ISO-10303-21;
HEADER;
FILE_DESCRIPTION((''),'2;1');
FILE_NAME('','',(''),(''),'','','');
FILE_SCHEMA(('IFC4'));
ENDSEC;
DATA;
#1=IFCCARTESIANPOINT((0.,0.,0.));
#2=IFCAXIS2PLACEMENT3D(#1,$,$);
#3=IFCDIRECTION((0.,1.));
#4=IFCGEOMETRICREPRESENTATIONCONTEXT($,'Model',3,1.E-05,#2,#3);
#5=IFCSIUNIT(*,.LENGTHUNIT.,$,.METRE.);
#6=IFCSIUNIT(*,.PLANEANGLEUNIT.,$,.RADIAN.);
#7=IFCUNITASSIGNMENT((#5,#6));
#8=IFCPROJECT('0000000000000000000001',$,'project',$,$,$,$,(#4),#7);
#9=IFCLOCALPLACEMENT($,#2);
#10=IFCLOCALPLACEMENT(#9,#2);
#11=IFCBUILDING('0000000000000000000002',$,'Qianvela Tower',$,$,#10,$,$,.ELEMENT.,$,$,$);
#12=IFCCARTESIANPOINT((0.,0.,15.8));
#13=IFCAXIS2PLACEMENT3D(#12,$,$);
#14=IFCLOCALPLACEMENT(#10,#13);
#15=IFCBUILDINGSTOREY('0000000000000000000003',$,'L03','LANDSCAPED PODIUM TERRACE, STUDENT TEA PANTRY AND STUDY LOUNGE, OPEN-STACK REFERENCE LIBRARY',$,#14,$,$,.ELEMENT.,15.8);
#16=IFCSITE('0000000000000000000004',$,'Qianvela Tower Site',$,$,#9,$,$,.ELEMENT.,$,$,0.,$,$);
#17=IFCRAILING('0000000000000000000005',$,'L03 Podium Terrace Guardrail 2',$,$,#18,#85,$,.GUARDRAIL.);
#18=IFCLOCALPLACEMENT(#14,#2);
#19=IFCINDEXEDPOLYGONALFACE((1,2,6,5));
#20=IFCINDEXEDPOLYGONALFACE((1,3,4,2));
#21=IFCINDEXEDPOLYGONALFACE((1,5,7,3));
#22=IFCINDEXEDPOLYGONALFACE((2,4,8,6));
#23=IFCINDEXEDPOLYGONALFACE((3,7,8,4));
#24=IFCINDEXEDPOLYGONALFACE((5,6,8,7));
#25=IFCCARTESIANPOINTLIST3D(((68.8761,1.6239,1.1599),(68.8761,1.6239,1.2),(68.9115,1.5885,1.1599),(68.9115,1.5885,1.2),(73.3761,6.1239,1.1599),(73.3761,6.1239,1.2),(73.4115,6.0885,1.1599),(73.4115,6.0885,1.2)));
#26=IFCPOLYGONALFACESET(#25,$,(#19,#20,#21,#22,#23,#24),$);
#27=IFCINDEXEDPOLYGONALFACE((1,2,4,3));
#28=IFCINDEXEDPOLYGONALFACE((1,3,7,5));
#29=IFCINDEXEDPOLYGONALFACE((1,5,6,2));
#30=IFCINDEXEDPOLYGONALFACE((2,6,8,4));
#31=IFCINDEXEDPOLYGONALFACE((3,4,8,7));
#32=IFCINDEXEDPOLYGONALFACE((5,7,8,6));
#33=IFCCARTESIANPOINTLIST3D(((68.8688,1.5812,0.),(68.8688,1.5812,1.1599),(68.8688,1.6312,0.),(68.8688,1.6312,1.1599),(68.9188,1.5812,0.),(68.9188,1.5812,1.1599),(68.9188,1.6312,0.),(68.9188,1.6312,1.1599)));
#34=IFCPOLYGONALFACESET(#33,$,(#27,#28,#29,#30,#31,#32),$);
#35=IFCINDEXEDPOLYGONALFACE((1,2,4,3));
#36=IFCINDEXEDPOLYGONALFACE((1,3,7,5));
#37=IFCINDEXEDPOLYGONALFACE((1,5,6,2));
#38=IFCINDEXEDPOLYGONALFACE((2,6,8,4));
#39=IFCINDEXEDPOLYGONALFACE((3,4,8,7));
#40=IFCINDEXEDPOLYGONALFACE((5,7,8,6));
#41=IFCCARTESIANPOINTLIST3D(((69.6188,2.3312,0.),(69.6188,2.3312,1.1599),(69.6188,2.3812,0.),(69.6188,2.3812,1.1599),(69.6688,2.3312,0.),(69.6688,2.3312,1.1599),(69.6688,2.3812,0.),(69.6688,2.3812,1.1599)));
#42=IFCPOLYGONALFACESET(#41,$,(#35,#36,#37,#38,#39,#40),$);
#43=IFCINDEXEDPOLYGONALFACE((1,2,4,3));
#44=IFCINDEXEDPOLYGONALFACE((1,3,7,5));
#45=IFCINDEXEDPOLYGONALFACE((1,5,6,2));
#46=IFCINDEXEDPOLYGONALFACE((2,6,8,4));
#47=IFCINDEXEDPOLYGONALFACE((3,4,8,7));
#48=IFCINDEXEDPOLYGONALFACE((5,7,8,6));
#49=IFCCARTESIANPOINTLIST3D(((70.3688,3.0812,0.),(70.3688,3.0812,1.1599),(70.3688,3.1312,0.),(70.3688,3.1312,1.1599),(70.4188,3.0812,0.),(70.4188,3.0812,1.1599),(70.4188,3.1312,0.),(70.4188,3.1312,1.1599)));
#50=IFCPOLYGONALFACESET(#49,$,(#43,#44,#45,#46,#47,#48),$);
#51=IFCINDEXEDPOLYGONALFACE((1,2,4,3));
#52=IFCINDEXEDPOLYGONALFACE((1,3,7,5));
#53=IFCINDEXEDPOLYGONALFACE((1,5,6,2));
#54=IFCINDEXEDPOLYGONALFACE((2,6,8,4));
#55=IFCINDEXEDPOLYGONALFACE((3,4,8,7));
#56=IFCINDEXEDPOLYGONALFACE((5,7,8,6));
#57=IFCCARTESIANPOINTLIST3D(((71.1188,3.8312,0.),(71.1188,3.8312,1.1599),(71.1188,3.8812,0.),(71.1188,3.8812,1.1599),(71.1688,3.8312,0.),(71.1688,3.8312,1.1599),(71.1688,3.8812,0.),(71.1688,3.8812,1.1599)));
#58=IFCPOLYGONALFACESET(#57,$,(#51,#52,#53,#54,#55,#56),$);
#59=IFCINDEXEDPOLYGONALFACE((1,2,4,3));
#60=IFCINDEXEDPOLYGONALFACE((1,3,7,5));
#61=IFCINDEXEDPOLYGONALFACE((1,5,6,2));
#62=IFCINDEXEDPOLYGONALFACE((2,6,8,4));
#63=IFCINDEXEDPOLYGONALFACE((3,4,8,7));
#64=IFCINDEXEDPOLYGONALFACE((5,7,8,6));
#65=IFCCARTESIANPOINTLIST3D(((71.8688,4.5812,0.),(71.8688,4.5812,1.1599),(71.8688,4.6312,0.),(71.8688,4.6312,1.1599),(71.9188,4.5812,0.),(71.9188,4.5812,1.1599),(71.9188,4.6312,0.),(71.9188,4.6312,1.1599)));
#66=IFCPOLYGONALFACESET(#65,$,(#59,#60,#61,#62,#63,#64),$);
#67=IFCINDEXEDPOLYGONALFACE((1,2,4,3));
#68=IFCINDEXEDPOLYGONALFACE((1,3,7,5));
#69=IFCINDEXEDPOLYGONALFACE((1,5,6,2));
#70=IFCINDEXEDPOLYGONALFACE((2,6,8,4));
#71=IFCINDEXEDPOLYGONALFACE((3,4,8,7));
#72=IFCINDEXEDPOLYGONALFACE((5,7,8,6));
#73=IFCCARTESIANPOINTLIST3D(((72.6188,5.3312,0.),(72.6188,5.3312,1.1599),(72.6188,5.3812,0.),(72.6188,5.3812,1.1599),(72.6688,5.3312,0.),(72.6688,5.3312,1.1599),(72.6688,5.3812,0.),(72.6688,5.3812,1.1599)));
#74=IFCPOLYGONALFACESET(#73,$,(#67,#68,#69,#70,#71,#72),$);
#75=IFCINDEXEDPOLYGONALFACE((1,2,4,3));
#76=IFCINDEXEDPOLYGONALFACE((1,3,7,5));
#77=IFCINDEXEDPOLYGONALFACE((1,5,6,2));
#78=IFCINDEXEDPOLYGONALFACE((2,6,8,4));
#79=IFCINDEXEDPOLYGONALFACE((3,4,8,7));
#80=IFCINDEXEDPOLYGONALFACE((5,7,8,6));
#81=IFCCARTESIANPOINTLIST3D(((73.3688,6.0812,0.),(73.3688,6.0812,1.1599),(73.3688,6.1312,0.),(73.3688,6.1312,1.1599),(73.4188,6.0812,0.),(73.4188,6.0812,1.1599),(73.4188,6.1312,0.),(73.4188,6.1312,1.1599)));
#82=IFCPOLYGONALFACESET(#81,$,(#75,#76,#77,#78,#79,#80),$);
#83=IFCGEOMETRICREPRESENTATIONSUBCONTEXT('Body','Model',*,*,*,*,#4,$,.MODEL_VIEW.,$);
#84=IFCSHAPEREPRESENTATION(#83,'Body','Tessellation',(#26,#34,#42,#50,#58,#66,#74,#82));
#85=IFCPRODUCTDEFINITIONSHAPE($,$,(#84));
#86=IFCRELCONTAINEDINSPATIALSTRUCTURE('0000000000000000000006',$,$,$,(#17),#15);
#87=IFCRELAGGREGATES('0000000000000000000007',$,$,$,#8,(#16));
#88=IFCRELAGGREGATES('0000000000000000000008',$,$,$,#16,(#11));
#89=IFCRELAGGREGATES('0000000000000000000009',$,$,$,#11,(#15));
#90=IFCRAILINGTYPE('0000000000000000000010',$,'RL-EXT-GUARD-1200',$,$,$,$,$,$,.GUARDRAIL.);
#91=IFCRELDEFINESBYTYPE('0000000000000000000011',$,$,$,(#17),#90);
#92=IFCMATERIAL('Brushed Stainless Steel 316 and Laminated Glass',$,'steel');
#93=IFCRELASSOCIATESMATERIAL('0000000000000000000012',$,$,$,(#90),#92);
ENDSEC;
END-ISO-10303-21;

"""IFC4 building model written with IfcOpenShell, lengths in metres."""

from ifc_helpers import new_model, si_unit, direction, frame, origin, origin_2d, place, context, subcontext, project, spatial, rectangle, extrude, material, type_object, element, save


model = new_model("IFC4")

# Units and contexts
model_context = context("Model", 3, precision=1e-05, world=origin(), true_north=direction((0.0, 1.0)))
body_context = subcontext(model_context, "Body", "Model", "MODEL_VIEW")
ifc_project = project(units=[si_unit("LENGTHUNIT", "METRE"), si_unit("PLANEANGLEUNIT", "RADIAN")], contexts=[model_context])

# Site, building, storey
site_placement = place(None, origin())
site = spatial("IfcSite", under=ifc_project, at=site_placement, Name="Qianvela Tower Site", CompositionType="ELEMENT", RefElevation=0.0)
building_placement = place(site_placement, origin())
building = spatial("IfcBuilding", under=site, at=building_placement, Name="Qianvela Tower", CompositionType="ELEMENT")
storey_placement = place(building_placement, frame((0.0, 0.0, 15.8)))
storey = spatial("IfcBuildingStorey", under=building, at=storey_placement, Name="L03", Description="LANDSCAPED PODIUM TERRACE, STUDENT TEA PANTRY AND STUDY LOUNGE, OPEN-STACK REFERENCE LIBRARY", CompositionType="ELEMENT", Elevation=15.8)

# Railing
ifc_material_1 = material(Name="Brushed Stainless Steel 316 and Laminated Glass", Category="steel")
railing_type = type_object("IfcRailingType", Name="RL-EXT-GUARD-1200", PredefinedType="GUARDRAIL", material=ifc_material_1)
railing_1_placement = place(storey_placement, frame((68.8938, 1.6062, 0.0)))
element("IfcRailing", 1, at=railing_1_placement, inside=storey, type_object=railing_type, Name="L03 Podium Terrace Guardrail 2", PredefinedType="GUARDRAIL", context=body_context, shape_type="SweptSolid", body=[
    extrude(rectangle(XDim=0.05, YDim=0.04, at=origin_2d()), frame((0.0, 0.0, 1.1799), z_axis=(0.707107, 0.707107, 0.0), x_axis=(-0.707107, 0.707107, 0.0)), (0.0, 0.0, 1.0), 6.364),
    extrude(rectangle(XDim=0.05, YDim=0.05, at=origin_2d()), origin(), (0.0, 0.0, 1.0), 1.1599),
    extrude(rectangle(XDim=0.05, YDim=0.05, at=origin_2d()), frame((0.75, 0.75, 0.0)), (0.0, 0.0, 1.0), 1.1599),
    extrude(rectangle(XDim=0.05, YDim=0.05, at=origin_2d()), frame((1.5, 1.5, 0.0)), (0.0, 0.0, 1.0), 1.1599),
    extrude(rectangle(XDim=0.05, YDim=0.05, at=origin_2d()), frame((2.25, 2.25, 0.0)), (0.0, 0.0, 1.0), 1.1599),
    extrude(rectangle(XDim=0.05, YDim=0.05, at=origin_2d()), frame((3.0, 3.0, 0.0)), (0.0, 0.0, 1.0), 1.1599),
    extrude(rectangle(XDim=0.05, YDim=0.05, at=origin_2d()), frame((3.75, 3.75, 0.0)), (0.0, 0.0, 1.0), 1.1599),
    extrude(rectangle(XDim=0.05, YDim=0.05, at=origin_2d()), frame((4.5, 4.5, 0.0)), (0.0, 0.0, 1.0), 1.1599),
])

save(model, "model.ifc")
